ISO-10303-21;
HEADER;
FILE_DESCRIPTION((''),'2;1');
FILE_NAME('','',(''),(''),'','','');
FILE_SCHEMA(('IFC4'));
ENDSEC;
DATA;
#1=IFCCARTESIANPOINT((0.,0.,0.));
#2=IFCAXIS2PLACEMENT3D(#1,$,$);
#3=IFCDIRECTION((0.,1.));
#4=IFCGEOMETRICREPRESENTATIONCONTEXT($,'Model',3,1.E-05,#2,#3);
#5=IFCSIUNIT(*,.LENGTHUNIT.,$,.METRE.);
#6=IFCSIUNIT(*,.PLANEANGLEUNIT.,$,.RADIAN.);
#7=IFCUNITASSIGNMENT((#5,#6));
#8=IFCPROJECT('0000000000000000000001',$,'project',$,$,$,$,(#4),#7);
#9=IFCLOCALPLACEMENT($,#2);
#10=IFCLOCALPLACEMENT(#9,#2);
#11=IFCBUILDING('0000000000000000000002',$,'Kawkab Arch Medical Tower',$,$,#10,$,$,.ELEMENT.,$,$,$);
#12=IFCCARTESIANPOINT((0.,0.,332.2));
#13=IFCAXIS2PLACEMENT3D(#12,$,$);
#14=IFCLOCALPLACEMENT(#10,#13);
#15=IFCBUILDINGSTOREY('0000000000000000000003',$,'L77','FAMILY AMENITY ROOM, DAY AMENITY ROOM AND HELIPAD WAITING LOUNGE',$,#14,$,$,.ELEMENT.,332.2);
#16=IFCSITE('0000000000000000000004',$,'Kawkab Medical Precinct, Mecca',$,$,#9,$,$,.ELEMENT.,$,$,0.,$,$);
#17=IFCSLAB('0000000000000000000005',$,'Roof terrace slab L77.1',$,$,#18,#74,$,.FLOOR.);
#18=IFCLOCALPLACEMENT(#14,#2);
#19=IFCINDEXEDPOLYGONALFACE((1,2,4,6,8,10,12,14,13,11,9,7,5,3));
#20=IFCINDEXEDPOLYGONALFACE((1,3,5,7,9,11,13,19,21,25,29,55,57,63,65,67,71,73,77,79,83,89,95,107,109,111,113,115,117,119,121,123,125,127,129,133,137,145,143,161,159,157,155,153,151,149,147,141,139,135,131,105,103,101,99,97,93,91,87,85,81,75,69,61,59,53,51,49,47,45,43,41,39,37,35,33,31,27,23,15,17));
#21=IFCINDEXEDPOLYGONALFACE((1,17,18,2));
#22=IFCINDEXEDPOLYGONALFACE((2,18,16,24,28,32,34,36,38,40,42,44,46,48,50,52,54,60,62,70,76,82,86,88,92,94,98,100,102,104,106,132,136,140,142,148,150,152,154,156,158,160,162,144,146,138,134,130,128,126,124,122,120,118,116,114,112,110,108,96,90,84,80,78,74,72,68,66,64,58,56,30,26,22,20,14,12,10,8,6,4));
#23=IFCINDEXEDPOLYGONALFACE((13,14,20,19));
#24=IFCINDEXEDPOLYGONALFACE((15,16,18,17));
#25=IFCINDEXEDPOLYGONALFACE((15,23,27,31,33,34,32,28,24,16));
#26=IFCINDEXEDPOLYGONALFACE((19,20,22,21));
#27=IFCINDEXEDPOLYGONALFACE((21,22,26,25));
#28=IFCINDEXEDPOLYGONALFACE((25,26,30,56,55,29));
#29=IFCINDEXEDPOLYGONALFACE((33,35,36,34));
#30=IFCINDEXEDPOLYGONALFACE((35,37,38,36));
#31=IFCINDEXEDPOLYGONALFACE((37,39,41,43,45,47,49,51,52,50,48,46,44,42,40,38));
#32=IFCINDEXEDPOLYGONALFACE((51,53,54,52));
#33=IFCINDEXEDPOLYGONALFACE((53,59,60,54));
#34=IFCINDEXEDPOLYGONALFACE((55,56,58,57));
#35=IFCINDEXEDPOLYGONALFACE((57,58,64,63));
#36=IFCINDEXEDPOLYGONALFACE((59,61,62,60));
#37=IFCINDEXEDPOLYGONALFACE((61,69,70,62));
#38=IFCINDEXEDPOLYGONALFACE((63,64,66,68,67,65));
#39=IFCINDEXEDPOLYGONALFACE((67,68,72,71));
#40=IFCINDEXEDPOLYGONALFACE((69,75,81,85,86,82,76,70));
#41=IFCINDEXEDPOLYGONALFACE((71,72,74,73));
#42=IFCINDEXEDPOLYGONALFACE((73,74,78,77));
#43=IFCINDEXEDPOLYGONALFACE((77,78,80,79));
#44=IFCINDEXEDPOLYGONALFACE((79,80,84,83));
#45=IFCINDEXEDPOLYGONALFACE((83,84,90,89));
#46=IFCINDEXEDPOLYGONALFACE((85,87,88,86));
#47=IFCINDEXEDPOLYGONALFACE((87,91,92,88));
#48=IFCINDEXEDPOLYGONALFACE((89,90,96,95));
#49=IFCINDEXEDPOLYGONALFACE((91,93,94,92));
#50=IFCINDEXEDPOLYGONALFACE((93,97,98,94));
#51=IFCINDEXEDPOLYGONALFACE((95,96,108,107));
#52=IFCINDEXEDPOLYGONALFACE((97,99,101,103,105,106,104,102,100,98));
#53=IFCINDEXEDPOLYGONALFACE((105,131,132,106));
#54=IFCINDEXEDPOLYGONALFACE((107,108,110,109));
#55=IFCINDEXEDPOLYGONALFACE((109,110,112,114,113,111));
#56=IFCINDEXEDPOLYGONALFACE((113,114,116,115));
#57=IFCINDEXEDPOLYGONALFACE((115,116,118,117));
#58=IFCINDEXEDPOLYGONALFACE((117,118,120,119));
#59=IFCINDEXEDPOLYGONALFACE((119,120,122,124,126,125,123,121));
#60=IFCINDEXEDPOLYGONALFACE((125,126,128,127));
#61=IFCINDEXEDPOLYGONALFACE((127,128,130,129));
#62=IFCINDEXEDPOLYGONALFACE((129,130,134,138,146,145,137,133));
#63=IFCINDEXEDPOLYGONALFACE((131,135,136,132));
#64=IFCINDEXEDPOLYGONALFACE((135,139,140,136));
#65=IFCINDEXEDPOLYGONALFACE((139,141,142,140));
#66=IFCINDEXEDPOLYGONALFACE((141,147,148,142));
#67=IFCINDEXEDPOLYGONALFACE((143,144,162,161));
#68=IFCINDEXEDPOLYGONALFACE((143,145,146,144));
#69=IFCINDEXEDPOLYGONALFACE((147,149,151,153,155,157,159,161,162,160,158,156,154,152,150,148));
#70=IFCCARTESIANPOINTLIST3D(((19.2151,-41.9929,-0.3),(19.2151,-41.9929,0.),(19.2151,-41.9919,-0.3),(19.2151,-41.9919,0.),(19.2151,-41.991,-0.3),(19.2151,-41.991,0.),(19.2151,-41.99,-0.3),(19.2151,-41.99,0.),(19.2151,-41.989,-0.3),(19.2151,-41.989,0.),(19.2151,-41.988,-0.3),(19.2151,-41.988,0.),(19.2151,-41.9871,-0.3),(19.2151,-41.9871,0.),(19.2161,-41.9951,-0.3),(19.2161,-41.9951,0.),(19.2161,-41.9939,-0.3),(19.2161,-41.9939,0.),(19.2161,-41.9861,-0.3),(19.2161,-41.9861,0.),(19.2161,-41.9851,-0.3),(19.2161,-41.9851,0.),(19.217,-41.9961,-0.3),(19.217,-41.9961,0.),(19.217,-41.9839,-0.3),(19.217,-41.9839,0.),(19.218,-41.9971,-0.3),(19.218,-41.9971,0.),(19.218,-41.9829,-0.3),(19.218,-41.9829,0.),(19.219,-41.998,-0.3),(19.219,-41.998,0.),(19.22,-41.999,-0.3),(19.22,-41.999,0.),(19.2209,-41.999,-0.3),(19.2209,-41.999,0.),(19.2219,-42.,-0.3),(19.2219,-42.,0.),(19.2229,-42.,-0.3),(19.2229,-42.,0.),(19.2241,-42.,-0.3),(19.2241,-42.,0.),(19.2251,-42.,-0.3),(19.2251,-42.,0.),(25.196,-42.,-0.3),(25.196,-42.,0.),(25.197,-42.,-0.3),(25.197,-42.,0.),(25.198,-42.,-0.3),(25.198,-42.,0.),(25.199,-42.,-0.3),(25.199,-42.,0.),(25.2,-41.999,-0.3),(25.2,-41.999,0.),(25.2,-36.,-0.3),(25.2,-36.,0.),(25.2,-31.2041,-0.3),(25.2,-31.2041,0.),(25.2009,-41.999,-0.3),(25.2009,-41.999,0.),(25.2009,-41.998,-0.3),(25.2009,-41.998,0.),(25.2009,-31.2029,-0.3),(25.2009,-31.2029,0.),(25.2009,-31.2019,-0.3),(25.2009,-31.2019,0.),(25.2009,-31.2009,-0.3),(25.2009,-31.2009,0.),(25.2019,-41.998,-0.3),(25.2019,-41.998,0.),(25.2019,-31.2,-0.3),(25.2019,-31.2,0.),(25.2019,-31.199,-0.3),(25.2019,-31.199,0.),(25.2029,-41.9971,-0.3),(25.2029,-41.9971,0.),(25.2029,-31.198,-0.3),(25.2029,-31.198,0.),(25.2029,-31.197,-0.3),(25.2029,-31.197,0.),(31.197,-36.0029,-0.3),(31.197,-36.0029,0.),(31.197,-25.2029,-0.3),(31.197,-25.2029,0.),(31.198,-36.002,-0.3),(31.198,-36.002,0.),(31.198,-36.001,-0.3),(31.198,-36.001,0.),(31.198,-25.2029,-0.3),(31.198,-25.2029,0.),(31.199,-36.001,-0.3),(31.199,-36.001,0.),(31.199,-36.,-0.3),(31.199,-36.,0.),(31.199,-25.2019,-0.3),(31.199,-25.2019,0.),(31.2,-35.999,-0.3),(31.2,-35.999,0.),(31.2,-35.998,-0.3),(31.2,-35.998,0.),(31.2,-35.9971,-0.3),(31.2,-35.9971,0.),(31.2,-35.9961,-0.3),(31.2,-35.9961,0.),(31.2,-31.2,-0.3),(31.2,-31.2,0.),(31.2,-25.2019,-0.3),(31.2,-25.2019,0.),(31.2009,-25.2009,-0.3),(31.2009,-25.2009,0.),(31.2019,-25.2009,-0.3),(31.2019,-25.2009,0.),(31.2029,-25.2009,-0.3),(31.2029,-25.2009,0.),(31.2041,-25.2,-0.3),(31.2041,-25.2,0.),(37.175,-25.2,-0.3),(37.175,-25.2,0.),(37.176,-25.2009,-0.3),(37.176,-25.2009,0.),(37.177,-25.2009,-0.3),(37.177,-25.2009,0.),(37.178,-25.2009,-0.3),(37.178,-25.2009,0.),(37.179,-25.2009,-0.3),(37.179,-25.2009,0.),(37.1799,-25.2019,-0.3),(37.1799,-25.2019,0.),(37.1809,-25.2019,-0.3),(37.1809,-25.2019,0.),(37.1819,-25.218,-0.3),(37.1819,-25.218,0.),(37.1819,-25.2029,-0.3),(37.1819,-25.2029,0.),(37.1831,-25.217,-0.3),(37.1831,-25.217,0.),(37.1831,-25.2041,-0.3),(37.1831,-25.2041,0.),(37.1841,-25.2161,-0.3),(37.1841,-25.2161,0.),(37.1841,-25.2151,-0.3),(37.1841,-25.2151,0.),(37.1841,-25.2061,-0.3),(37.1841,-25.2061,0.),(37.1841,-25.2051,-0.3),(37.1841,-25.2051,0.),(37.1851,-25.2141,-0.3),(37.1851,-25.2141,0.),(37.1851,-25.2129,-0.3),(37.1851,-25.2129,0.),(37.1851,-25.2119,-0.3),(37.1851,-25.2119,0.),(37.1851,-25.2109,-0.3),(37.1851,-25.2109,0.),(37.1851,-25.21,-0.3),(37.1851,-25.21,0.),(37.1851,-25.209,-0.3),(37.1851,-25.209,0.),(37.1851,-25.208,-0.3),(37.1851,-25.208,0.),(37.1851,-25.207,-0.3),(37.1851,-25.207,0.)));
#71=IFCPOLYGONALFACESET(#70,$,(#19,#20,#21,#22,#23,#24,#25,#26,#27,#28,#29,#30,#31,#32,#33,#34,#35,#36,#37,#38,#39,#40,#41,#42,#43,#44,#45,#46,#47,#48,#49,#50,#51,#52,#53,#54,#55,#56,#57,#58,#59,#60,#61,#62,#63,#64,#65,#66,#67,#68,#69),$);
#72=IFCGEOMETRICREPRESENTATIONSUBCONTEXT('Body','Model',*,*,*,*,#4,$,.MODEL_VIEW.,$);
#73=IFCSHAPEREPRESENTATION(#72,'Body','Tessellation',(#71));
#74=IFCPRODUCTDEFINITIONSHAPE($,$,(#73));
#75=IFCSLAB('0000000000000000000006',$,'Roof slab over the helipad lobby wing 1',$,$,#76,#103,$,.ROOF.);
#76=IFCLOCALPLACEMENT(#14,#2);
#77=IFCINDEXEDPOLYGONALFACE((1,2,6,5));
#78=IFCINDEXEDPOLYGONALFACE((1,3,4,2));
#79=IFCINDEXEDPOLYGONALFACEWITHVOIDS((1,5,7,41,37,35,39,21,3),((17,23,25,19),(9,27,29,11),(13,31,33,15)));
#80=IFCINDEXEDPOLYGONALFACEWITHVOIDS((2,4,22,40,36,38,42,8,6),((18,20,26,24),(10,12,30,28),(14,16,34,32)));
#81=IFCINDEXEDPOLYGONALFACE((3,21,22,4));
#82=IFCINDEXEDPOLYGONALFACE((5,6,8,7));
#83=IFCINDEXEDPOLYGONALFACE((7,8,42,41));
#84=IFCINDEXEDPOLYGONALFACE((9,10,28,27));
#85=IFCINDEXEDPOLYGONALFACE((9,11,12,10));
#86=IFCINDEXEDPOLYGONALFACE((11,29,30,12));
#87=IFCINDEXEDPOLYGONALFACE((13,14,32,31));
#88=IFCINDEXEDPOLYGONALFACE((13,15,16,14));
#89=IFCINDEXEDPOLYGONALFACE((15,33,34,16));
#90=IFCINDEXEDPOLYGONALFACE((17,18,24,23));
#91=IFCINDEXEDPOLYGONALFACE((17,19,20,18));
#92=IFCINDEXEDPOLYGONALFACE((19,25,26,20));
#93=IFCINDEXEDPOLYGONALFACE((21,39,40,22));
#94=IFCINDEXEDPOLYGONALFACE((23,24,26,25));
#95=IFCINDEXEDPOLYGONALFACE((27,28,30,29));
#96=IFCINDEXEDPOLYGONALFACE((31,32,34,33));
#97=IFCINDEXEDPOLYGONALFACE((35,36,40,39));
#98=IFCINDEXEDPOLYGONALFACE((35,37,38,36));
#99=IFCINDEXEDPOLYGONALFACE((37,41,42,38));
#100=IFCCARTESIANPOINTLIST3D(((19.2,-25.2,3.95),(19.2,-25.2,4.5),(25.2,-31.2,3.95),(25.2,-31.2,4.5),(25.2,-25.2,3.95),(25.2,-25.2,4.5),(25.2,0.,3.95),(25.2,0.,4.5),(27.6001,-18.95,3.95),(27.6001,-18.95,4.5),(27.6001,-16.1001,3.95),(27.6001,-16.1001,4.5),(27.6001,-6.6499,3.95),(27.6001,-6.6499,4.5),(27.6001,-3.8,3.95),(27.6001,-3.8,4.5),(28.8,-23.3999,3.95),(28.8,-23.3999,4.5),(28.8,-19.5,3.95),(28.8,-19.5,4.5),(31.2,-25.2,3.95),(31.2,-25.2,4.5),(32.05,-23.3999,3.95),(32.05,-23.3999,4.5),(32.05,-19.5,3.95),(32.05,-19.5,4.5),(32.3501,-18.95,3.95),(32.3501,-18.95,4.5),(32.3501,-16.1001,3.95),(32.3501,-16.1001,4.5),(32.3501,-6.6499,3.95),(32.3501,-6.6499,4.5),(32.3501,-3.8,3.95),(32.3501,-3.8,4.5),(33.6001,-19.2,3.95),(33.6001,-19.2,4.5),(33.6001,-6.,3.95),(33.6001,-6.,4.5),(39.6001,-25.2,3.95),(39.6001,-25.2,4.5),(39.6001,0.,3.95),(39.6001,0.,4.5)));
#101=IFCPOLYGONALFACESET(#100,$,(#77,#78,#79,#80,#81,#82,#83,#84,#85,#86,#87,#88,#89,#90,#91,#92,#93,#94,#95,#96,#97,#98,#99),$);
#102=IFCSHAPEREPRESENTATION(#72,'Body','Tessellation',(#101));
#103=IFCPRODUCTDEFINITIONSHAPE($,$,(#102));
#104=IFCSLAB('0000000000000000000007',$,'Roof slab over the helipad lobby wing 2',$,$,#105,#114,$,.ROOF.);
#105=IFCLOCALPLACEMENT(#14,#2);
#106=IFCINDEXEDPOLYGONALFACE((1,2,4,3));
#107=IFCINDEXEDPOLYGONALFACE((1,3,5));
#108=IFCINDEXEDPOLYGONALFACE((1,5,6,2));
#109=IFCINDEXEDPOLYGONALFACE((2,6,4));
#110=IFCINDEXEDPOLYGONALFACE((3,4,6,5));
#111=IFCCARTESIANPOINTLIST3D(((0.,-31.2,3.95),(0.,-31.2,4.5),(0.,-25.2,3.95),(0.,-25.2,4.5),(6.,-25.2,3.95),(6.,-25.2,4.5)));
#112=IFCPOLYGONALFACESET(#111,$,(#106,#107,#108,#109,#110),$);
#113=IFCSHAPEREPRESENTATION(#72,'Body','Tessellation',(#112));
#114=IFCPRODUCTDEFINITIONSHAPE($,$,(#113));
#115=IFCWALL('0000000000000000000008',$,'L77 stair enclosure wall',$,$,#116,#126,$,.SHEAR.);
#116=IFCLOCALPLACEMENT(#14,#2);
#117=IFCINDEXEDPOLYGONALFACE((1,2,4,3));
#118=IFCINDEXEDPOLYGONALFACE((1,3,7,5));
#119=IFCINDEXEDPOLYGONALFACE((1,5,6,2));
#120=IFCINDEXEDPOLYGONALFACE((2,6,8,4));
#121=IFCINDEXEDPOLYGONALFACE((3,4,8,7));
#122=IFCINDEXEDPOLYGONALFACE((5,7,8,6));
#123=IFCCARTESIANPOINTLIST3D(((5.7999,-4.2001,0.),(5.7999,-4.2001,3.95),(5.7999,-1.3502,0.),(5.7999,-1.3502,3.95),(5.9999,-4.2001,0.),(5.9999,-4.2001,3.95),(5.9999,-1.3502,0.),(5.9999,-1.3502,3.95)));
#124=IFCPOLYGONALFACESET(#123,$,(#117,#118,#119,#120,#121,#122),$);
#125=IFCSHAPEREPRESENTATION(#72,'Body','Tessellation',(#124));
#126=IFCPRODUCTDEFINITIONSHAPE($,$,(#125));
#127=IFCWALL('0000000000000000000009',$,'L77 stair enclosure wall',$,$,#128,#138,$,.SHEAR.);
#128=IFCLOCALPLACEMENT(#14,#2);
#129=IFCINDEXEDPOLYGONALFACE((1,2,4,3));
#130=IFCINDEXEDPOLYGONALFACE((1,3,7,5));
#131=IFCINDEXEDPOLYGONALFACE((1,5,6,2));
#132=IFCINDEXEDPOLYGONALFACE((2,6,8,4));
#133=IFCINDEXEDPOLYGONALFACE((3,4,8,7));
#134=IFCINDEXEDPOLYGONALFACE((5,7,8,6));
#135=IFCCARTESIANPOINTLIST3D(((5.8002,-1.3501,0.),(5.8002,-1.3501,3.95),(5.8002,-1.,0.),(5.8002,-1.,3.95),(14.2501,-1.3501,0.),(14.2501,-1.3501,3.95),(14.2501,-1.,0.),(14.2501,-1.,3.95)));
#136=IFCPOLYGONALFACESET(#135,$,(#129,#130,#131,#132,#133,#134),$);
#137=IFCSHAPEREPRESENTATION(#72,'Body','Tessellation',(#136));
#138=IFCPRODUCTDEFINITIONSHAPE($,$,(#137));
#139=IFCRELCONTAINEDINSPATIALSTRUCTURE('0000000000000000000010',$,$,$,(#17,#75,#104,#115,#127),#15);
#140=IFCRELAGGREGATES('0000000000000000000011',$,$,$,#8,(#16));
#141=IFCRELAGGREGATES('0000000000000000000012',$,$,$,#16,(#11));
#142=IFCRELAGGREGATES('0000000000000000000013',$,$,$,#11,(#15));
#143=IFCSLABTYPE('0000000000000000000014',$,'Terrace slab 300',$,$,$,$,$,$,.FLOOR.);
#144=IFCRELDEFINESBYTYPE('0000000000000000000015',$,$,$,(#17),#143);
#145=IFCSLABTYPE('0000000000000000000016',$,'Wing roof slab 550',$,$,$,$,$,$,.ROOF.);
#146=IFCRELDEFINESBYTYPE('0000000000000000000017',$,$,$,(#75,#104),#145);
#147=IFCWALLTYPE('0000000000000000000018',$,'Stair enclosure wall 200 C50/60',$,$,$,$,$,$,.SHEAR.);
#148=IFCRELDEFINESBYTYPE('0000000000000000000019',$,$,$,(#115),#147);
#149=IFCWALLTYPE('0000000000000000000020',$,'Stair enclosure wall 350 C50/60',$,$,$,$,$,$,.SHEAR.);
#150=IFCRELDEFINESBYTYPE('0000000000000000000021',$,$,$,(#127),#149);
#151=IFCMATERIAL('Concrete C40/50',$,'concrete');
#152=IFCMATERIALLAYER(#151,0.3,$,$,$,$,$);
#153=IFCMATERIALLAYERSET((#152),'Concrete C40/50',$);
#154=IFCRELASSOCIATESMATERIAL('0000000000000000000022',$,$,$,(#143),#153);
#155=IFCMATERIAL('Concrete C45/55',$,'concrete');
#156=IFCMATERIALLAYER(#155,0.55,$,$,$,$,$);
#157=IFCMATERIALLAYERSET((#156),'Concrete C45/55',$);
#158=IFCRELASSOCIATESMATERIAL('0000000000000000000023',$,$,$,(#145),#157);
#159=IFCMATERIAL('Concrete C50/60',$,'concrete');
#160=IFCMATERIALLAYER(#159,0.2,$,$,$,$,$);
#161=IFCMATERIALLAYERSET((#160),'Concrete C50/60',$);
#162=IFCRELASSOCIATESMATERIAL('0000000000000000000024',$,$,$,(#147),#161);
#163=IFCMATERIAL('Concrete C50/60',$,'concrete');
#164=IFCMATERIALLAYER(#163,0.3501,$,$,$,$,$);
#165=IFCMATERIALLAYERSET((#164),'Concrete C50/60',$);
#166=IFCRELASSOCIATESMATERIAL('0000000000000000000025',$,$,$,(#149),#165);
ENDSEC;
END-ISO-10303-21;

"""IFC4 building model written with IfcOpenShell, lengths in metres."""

from ifc_helpers import new_model, si_unit, direction, frame, frame_2d, origin, place, context, subcontext, project, spatial, polyline, rectangle, outline, extrude, material, layer, layer_set, type_object, element, save


model = new_model("IFC4")

# Units and contexts
model_context = context("Model", 3, precision=1e-05, world=origin(), true_north=direction((0.0, 1.0)))
body_context = subcontext(model_context, "Body", "Model", "MODEL_VIEW")
ifc_project = project(units=[si_unit("LENGTHUNIT", "METRE"), si_unit("PLANEANGLEUNIT", "RADIAN")], contexts=[model_context])

# Site, building, storey
site_placement = place(None, origin())
site = spatial("IfcSite", under=ifc_project, at=site_placement, Name="Kawkab Medical Precinct, Mecca", CompositionType="ELEMENT", RefElevation=0.0)
building_placement = place(site_placement, origin())
building = spatial("IfcBuilding", under=site, at=building_placement, Name="Kawkab Arch Medical Tower", CompositionType="ELEMENT")
storey_placement = place(building_placement, frame((0.0, 0.0, 332.2)))
storey = spatial("IfcBuildingStorey", under=building, at=storey_placement, Name="L77", Description="FAMILY AMENITY ROOM, DAY AMENITY ROOM AND HELIPAD WAITING LOUNGE", CompositionType="ELEMENT", Elevation=332.2)

# Shared definitions
placement_1 = place(storey_placement, frame((0.0, 0.0, 3.95)))

# Slabs
ifc_material_1 = material(Name="Concrete C40/50", Category="concrete")
ifc_layer_1 = layer(ifc_material_1, 0.3)
ifc_layer_set_1 = layer_set([ifc_layer_1], Name="Concrete C40/50")
slab_type_1 = type_object("IfcSlabType", Name="Terrace slab 300", PredefinedType="FLOOR", material=ifc_layer_set_1)
slab_1_placement = place(storey_placement, frame((0.0, 0.0, -0.3)))
element("IfcSlab", 1, at=slab_1_placement, inside=storey, type_object=slab_type_1, Name="Roof terrace slab L77.1", PredefinedType="FLOOR", context=body_context, shape_type="SweptSolid", body=[
    extrude(outline(polyline([(31.2, -31.2), (37.1819, -25.218), (37.1831, -25.217), (37.1841, -25.2161), (37.1841, -25.2151), (37.1851, -25.2141), (37.1851, -25.2129), (37.1851, -25.2119), (37.1851, -25.2109), (37.1851, -25.21), (37.1851, -25.209), (37.1851, -25.208), (37.1851, -25.207), (37.1841, -25.2061), (37.1841, -25.2051), (37.1831, -25.2041), (37.1819, -25.2029), (37.1809, -25.2019), (37.1799, -25.2019), (37.179, -25.2009), (37.178, -25.2009), (37.177, -25.2009), (37.176, -25.2009), (37.175, -25.2), (31.2041, -25.2), (31.2029, -25.2009), (31.2019, -25.2009), (31.2009, -25.2009), (31.2, -25.2019), (31.199, -25.2019), (31.198, -25.2029), (31.197, -25.2029), (25.2029, -31.197), (25.2029, -31.198), (25.2019, -31.199), (25.2019, -31.2), (25.2009, -31.2009), (25.2009, -31.2019), (25.2009, -31.2029), (25.2, -31.2041), (25.2, -36.0), (19.218, -41.9829), (19.217, -41.9839), (19.2161, -41.9851), (19.2161, -41.9861), (19.2151, -41.9871), (19.2151, -41.988), (19.2151, -41.989), (19.2151, -41.99), (19.2151, -41.991), (19.2151, -41.9919), (19.2151, -41.9929), (19.2161, -41.9939), (19.2161, -41.9951), (19.217, -41.9961), (19.218, -41.9971), (19.219, -41.998), (19.22, -41.999), (19.2209, -41.999), (19.2219, -42.0), (19.2229, -42.0), (19.2241, -42.0), (19.2251, -42.0), (25.196, -42.0), (25.197, -42.0), (25.198, -42.0), (25.199, -42.0), (25.2, -41.999), (25.2009, -41.999), (25.2009, -41.998), (25.2019, -41.998), (25.2029, -41.9971), (31.197, -36.0029), (31.198, -36.002), (31.198, -36.001), (31.199, -36.001), (31.199, -36.0), (31.2, -35.999), (31.2, -35.998), (31.2, -35.9971), (31.2, -35.9961), (31.2, -31.2)])), origin(), (0.0, 0.0, 1.0), 0.3),
])
ifc_material_2 = material(Name="Concrete C45/55", Category="concrete")
ifc_layer_2 = layer(ifc_material_2, 0.55)
ifc_layer_set_2 = layer_set([ifc_layer_2], Name="Concrete C45/55")
slab_type_2 = type_object("IfcSlabType", Name="Wing roof slab 550", PredefinedType="ROOF", material=ifc_layer_set_2)
element("IfcSlab", 2, at=placement_1, inside=storey, type_object=slab_type_2, Name="Roof slab over the helipad lobby wing 1", PredefinedType="ROOF", context=body_context, shape_type="SweptSolid", body=[
    extrude(outline(polyline([(25.2, -31.2), (31.2, -25.2), (39.6001, -25.2), (33.6001, -19.2), (33.6001, -6.0), (39.6001, 0.0), (25.2, 0.0), (25.2, -25.2), (19.2, -25.2), (25.2, -31.2)]), holes=[polyline([(28.8, -19.5), (32.05, -19.5), (32.05, -23.3999), (28.8, -23.3999), (28.8, -19.5)]), polyline([(32.3501, -18.95), (27.6001, -18.95), (27.6001, -16.1001), (32.3501, -16.1001), (32.3501, -18.95)]), polyline([(27.6001, -6.6499), (27.6001, -3.8), (32.3501, -3.8), (32.3501, -6.6499), (27.6001, -6.6499)])]), origin(), (0.0, 0.0, 1.0), 0.55),
])
element("IfcSlab", 3, at=placement_1, inside=storey, type_object=slab_type_2, Name="Roof slab over the helipad lobby wing 2", PredefinedType="ROOF", context=body_context, shape_type="SweptSolid", body=[
    extrude(outline(polyline([(0.0, -31.2), (6.0, -25.2), (0.0, -25.2), (0.0, -31.2)])), origin(), (0.0, 0.0, 1.0), 0.55),
])

# Walls
ifc_material_3 = material(Name="Concrete C50/60", Category="concrete")
ifc_layer_3 = layer(ifc_material_3, 0.2)
ifc_layer_set_3 = layer_set([ifc_layer_3], Name="Concrete C50/60")
wall_type_1 = type_object("IfcWallType", Name="Stair enclosure wall 200 C50/60", PredefinedType="SHEAR", material=ifc_layer_set_3)
wall_1_placement = place(storey_placement, frame((5.8999, -4.2, 0.0), z_axis=(0.0, 0.0, 1.0), x_axis=(0.0, 1.0, 0.0)))
element("IfcWall", 4, at=wall_1_placement, inside=storey, type_object=wall_type_1, Name="L77 stair enclosure wall", PredefinedType="SHEAR", context=body_context, shape_type="SweptSolid", body=[
    extrude(rectangle(XDim=2.8499, YDim=0.2, at=frame_2d((1.4248, 0.0))), origin(), (0.0, 0.0, 1.0), 3.95),
])
ifc_material_4 = material(Name="Concrete C50/60", Category="concrete")
ifc_layer_4 = layer(ifc_material_4, 0.3501)
ifc_layer_set_4 = layer_set([ifc_layer_4], Name="Concrete C50/60")
wall_type_2 = type_object("IfcWallType", Name="Stair enclosure wall 350 C50/60", PredefinedType="SHEAR", material=ifc_layer_set_4)
wall_2_placement = place(storey_placement, frame((5.8, -1.175, 0.0), z_axis=(0.0, 0.0, 1.0), x_axis=(1.0, 0.0, 0.0)))
element("IfcWall", 5, at=wall_2_placement, inside=storey, type_object=wall_type_2, Name="L77 stair enclosure wall", PredefinedType="SHEAR", context=body_context, shape_type="SweptSolid", body=[
    extrude(rectangle(XDim=8.45, YDim=0.3501, at=frame_2d((4.2251, 0.0))), origin(), (0.0, 0.0, 1.0), 3.95),
])

save(model, "model.ifc")
